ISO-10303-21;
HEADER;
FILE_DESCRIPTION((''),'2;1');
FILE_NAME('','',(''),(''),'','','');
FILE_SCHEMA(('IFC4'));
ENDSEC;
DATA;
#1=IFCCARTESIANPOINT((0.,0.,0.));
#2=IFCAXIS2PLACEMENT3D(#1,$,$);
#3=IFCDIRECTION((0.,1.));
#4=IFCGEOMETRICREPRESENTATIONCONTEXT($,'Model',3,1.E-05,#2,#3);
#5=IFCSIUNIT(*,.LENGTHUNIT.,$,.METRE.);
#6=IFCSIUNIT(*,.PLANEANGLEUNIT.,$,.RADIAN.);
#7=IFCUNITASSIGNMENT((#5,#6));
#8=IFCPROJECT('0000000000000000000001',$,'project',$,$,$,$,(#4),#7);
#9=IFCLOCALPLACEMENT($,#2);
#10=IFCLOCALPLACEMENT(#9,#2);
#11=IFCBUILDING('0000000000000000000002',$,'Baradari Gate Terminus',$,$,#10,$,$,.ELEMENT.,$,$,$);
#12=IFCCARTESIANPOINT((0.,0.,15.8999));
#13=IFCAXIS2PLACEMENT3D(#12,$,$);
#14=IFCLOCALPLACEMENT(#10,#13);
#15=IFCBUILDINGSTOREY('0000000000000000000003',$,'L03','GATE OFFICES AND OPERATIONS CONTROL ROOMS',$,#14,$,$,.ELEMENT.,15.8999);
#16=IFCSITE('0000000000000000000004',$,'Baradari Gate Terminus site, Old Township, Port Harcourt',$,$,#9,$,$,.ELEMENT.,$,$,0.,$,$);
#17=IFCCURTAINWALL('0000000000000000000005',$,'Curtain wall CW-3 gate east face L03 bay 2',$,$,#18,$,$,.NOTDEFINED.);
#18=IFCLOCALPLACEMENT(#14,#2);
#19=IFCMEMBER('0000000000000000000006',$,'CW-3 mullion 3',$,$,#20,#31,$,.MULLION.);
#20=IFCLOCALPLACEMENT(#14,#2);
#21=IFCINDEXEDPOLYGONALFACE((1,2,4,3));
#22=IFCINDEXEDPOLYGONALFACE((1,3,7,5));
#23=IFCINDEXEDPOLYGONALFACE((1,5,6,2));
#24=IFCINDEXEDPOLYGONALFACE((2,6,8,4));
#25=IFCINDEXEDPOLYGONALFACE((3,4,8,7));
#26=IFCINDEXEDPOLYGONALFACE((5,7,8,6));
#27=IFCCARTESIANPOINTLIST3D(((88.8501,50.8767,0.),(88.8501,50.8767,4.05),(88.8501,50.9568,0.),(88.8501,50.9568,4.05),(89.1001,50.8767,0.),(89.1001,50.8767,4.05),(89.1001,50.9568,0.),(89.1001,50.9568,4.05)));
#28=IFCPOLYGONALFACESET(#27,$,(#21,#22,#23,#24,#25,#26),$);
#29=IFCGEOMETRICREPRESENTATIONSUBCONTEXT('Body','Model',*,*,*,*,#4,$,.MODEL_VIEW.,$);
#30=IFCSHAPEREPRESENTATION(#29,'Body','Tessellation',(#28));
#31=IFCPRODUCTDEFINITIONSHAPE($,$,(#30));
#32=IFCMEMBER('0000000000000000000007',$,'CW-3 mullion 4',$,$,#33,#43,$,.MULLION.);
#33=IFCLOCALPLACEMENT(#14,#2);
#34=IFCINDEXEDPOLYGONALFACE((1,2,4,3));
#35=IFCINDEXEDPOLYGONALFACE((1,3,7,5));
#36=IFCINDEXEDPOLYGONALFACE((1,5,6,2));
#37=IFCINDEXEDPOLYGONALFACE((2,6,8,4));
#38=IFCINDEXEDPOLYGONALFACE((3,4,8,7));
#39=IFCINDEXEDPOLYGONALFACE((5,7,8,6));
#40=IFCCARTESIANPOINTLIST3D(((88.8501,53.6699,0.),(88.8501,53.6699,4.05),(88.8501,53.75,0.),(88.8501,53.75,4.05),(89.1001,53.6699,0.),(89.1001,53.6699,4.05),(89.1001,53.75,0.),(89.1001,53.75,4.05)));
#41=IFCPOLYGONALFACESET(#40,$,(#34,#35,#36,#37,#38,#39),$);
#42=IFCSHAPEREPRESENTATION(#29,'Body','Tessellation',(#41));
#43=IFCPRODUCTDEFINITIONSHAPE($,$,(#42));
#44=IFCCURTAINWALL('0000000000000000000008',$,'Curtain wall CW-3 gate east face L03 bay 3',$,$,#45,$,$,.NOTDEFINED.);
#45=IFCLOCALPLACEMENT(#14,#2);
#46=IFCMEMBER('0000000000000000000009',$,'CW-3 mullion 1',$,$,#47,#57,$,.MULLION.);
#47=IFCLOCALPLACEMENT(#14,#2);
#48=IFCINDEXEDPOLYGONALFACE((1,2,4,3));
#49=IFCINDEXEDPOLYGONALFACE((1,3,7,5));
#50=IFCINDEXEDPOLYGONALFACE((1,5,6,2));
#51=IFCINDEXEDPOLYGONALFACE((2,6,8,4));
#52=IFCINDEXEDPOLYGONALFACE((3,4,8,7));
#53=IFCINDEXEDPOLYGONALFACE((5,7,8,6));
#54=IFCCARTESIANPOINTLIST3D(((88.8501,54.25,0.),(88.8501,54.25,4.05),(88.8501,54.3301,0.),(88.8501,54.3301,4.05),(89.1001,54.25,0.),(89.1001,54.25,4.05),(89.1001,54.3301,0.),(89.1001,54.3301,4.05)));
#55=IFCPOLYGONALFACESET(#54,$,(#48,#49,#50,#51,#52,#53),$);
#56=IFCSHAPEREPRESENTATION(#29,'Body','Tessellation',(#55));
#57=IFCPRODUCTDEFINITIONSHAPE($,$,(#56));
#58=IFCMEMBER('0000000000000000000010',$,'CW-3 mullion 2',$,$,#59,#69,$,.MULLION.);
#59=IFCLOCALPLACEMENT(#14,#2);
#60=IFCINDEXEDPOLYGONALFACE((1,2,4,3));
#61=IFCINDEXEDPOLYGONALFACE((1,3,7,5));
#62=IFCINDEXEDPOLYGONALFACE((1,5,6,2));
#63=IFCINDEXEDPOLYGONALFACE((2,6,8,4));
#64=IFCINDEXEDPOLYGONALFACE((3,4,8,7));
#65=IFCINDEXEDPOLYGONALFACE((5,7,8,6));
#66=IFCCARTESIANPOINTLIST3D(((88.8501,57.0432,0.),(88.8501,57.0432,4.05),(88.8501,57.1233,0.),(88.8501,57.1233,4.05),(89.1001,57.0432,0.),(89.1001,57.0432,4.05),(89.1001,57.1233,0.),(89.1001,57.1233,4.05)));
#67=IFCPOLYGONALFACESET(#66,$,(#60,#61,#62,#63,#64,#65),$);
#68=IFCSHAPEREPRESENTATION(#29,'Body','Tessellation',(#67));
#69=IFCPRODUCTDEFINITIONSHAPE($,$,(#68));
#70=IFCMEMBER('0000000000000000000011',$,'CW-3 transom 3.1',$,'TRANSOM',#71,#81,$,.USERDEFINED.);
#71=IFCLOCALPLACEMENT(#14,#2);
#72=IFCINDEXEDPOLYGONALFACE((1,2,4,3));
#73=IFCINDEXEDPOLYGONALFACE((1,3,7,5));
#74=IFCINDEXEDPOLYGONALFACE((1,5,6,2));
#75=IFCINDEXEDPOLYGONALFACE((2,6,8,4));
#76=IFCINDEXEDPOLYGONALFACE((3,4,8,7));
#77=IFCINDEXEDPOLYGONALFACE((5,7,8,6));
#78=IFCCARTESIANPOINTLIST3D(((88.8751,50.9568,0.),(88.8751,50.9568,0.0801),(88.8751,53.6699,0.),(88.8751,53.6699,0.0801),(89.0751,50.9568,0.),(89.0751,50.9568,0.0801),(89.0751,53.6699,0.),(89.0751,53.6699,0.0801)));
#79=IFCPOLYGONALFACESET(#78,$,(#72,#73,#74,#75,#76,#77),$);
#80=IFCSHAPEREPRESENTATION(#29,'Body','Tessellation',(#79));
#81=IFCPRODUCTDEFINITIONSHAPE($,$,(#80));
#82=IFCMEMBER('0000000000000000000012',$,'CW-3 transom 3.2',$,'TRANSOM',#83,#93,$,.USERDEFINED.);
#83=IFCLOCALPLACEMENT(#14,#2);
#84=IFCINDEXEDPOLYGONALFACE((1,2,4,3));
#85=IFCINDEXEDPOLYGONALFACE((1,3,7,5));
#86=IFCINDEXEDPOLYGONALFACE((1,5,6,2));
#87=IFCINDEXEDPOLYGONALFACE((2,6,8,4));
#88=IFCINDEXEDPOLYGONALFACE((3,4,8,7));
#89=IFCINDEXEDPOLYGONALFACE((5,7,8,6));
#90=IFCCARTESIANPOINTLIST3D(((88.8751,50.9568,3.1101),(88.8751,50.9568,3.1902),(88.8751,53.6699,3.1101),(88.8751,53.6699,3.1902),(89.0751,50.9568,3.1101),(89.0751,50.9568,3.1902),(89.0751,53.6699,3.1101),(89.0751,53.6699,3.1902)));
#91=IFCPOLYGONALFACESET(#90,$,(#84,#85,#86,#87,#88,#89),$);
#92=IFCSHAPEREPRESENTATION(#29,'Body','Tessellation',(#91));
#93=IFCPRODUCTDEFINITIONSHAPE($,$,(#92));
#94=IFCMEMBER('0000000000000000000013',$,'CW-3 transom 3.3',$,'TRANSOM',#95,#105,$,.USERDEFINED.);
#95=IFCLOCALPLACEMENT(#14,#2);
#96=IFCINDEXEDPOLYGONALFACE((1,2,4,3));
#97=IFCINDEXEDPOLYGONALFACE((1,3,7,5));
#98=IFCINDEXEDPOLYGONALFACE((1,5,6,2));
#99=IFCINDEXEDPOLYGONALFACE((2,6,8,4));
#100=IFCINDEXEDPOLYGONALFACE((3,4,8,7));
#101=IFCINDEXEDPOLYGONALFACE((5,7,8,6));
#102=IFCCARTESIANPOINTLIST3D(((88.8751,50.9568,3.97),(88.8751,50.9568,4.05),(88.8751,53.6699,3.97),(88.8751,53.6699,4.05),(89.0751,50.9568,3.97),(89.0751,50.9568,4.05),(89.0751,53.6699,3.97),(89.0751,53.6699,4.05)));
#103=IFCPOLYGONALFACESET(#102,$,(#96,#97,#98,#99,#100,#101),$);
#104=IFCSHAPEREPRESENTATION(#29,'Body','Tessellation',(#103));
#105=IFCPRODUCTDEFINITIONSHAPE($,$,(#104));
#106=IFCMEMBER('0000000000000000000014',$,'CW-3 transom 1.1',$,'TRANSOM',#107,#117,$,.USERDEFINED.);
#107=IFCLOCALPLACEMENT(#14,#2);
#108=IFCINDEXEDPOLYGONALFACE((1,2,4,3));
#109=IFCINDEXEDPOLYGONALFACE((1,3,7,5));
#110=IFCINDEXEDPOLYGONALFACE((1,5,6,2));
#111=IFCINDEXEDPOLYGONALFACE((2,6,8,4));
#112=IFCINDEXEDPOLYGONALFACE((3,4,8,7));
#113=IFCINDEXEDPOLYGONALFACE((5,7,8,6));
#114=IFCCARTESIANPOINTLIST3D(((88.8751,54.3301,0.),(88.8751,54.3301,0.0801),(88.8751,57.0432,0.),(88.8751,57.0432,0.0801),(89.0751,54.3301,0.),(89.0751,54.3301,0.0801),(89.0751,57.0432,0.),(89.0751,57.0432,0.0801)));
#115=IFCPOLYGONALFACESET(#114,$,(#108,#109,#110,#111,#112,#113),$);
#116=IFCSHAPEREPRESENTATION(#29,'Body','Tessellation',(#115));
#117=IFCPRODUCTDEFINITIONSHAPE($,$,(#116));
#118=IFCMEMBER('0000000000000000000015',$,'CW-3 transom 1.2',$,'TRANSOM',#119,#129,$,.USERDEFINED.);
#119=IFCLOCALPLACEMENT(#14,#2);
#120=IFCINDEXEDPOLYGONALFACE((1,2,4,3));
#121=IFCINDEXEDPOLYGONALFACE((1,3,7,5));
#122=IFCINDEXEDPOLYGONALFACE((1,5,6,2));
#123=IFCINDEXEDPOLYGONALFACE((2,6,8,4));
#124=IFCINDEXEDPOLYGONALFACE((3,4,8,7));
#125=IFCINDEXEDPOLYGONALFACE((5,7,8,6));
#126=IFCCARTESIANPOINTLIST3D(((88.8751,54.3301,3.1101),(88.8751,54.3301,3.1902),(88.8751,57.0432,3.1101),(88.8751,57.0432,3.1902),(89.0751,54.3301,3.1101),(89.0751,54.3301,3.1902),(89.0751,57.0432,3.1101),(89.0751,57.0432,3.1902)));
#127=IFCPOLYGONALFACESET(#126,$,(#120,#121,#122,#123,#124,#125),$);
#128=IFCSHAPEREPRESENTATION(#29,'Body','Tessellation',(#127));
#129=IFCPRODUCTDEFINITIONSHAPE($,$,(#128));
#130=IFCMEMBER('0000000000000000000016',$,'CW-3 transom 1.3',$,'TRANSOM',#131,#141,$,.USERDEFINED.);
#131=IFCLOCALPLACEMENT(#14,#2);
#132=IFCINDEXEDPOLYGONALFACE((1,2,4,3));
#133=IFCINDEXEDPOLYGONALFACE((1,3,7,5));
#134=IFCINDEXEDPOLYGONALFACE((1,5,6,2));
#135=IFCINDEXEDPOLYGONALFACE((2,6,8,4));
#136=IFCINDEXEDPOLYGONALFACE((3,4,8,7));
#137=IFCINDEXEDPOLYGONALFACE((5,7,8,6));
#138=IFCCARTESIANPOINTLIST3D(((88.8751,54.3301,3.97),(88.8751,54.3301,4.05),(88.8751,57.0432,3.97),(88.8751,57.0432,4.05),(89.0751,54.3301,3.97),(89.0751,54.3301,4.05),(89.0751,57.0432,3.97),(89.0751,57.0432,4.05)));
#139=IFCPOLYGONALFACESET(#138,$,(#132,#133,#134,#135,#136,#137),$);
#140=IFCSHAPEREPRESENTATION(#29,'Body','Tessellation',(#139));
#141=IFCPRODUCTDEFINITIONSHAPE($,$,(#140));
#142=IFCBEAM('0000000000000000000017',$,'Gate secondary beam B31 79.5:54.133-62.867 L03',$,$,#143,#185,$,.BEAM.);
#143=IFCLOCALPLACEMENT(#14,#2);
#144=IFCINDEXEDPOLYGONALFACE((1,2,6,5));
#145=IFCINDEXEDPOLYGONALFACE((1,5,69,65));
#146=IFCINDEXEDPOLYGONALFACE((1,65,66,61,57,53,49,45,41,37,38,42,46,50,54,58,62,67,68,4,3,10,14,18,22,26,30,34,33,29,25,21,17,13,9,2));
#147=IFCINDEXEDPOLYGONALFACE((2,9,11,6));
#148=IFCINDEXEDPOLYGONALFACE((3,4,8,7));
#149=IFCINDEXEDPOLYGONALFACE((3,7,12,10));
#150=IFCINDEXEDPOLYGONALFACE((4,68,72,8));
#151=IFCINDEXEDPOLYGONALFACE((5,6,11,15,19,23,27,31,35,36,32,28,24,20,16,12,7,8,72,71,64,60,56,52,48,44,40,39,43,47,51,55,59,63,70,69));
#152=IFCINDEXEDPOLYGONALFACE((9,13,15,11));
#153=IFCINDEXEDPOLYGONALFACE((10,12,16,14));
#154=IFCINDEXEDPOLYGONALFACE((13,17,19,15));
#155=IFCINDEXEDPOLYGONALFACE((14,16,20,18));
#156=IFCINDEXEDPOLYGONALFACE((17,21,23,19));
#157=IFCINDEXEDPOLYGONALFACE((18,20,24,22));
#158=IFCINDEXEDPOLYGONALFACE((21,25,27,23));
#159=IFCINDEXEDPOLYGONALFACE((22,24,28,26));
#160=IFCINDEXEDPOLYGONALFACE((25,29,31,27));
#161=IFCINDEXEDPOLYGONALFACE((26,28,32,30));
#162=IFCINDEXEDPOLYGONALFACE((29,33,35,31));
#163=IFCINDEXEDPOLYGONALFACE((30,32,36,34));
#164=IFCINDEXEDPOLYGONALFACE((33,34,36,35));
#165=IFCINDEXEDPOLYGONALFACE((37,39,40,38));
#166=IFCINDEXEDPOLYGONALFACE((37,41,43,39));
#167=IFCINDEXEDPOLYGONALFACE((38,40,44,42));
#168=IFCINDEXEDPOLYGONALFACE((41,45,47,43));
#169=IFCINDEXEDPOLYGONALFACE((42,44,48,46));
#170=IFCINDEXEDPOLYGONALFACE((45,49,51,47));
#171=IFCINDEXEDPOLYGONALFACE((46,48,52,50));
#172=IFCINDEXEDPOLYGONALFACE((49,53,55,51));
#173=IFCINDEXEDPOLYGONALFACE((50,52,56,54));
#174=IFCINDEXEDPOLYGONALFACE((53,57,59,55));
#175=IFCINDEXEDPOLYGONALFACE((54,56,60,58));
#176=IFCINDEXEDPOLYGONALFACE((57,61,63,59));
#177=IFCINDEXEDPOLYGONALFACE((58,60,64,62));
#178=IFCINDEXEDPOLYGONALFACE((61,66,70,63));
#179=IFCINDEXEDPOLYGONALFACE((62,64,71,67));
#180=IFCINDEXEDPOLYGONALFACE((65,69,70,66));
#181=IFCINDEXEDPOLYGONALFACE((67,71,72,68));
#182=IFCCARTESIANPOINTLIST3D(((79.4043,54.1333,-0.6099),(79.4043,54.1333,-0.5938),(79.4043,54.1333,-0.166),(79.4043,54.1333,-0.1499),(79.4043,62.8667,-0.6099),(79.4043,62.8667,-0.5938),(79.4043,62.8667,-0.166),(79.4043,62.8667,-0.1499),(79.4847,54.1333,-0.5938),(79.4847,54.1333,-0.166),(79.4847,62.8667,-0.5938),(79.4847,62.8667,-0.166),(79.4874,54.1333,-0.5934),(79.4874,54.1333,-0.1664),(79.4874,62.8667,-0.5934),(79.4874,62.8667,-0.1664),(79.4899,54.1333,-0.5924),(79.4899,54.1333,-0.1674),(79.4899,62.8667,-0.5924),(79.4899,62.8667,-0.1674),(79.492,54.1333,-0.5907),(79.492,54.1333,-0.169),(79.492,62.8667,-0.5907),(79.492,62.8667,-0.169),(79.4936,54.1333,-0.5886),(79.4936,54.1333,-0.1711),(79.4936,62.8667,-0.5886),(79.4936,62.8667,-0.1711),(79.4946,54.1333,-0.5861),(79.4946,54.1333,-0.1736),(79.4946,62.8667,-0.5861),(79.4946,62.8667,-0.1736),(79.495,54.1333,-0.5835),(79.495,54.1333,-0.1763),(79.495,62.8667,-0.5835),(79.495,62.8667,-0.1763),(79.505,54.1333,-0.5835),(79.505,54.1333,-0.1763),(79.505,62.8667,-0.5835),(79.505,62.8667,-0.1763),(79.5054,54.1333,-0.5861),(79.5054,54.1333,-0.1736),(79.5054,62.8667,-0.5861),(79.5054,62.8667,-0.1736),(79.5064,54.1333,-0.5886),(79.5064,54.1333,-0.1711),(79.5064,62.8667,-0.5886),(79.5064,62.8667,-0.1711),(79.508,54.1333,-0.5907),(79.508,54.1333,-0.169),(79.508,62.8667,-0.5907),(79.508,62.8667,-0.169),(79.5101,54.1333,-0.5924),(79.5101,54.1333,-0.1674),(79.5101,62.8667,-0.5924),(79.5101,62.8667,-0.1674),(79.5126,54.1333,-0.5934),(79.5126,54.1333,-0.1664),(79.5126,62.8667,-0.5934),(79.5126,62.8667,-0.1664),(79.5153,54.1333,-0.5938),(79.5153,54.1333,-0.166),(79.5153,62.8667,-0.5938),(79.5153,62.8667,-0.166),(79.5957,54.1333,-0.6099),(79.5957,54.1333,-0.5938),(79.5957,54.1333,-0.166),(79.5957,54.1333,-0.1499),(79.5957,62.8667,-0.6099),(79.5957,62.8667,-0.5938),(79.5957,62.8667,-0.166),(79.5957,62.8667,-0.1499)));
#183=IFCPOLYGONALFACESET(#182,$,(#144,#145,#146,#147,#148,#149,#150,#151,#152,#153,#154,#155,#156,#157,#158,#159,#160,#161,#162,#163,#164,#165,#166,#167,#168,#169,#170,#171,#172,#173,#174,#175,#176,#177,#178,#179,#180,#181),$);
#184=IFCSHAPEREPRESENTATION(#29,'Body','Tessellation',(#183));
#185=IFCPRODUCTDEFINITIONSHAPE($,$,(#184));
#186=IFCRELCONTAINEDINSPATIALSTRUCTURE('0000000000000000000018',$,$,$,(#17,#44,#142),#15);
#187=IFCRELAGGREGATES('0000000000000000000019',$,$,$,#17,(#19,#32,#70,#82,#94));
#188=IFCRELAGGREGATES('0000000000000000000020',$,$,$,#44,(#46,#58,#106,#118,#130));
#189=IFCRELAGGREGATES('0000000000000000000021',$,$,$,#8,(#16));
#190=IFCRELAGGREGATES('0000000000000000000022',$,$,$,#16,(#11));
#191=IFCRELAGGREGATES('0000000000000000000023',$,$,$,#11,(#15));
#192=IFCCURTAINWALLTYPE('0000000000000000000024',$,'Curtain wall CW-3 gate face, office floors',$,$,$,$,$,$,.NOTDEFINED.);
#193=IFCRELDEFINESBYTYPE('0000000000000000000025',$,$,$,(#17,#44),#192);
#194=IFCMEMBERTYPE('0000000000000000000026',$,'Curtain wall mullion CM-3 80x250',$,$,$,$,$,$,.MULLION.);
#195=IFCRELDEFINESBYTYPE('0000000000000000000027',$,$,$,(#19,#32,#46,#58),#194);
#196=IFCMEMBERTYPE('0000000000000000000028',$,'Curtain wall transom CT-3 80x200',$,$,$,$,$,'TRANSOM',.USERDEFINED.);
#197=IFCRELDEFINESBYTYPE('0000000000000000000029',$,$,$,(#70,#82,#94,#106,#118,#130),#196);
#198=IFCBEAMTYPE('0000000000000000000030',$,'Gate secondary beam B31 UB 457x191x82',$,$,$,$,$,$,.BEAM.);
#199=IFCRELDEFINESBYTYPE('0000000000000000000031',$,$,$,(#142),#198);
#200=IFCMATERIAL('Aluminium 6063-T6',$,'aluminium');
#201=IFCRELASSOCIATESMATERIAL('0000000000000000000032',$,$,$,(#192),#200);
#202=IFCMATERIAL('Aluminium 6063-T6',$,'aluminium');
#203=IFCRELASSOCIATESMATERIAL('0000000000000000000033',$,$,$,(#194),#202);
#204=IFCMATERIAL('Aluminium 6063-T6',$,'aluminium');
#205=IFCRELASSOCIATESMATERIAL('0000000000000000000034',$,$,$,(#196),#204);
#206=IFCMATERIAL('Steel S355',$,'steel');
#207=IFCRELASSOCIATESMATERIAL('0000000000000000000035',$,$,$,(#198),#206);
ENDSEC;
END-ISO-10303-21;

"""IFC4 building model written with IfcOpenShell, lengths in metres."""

from ifc_helpers import new_model, si_unit, direction, frame, origin, origin_2d, place, context, subcontext, project, spatial, rectangle, i_section, extrude, material, material_profile, profile_set, type_object, element, aggregate, save


model = new_model("IFC4")

# Units and contexts
model_context = context("Model", 3, precision=1e-05, world=origin(), true_north=direction((0.0, 1.0)))
body_context = subcontext(model_context, "Body", "Model", "MODEL_VIEW")
ifc_project = project(units=[si_unit("LENGTHUNIT", "METRE"), si_unit("PLANEANGLEUNIT", "RADIAN")], contexts=[model_context])

# Site, building, storey
site_placement = place(None, origin())
site = spatial("IfcSite", under=ifc_project, at=site_placement, Name="Baradari Gate Terminus site, Old Township, Port Harcourt", CompositionType="ELEMENT", RefElevation=0.0)
building_placement = place(site_placement, origin())
building = spatial("IfcBuilding", under=site, at=building_placement, Name="Baradari Gate Terminus", CompositionType="ELEMENT")
storey_placement = place(building_placement, frame((0.0, 0.0, 15.8999)))
storey = spatial("IfcBuildingStorey", under=building, at=storey_placement, Name="L03", Description="GATE OFFICES AND OPERATIONS CONTROL ROOMS", CompositionType="ELEMENT", Elevation=15.8999)

# Curtain walls, members
ifc_material_1 = material(Name="Aluminium 6063-T6", Category="aluminium")
curtain_wall_type = type_object("IfcCurtainWallType", Name="Curtain wall CW-3 gate face, office floors", PredefinedType="NOTDEFINED", material=ifc_material_1)
curtain_wall_1_placement = place(storey_placement, origin())
curtain_wall_1 = element("IfcCurtainWall", 1, at=curtain_wall_1_placement, inside=storey, type_object=curtain_wall_type, Name="Curtain wall CW-3 gate east face L03 bay 2", PredefinedType="NOTDEFINED")
ifc_material_2 = material(Name="Aluminium 6063-T6", Category="aluminium")
ifc_material_profile_1 = material_profile(ifc_material_2, rectangle(XDim=0.25, YDim=0.0801, at=origin_2d()), Name="CM-3 80X250")
ifc_profile_set_1 = profile_set([ifc_material_profile_1], Name="Aluminium 6063-T6")
member_type_1 = type_object("IfcMemberType", Name="Curtain wall mullion CM-3 80x250", PredefinedType="MULLION", material=ifc_profile_set_1)
member_1_placement = place(storey_placement, frame((88.9751, 50.9167, 0.0), z_axis=(0.0, 0.0, 1.0), x_axis=(-1.0, 0.0, 0.0)))
member_1 = element("IfcMember", 2, at=member_1_placement, type_object=member_type_1, Name="CW-3 mullion 3", PredefinedType="MULLION", context=body_context, shape_type="SweptSolid", body=[
    extrude(rectangle(XDim=0.25, YDim=0.0801, at=origin_2d()), origin(), (0.0, 0.0, 1.0), 4.05),
])
member_2_placement = place(storey_placement, frame((88.9751, 53.71, 0.0), z_axis=(0.0, 0.0, 1.0), x_axis=(-1.0, 0.0, 0.0)))
member_2 = element("IfcMember", 3, at=member_2_placement, type_object=member_type_1, Name="CW-3 mullion 4", PredefinedType="MULLION", context=body_context, shape_type="SweptSolid", body=[
    extrude(rectangle(XDim=0.25, YDim=0.0801, at=origin_2d()), origin(), (0.0, 0.0, 1.0), 4.05),
])
curtain_wall_2_placement = place(storey_placement, origin())
curtain_wall_2 = element("IfcCurtainWall", 4, at=curtain_wall_2_placement, inside=storey, type_object=curtain_wall_type, Name="Curtain wall CW-3 gate east face L03 bay 3", PredefinedType="NOTDEFINED")
member_3_placement = place(storey_placement, frame((88.9751, 54.29, 0.0), z_axis=(0.0, 0.0, 1.0), x_axis=(-1.0, 0.0, 0.0)))
member_3 = element("IfcMember", 5, at=member_3_placement, type_object=member_type_1, Name="CW-3 mullion 1", PredefinedType="MULLION", context=body_context, shape_type="SweptSolid", body=[
    extrude(rectangle(XDim=0.25, YDim=0.0801, at=origin_2d()), origin(), (0.0, 0.0, 1.0), 4.05),
])
member_4_placement = place(storey_placement, frame((88.9751, 57.0833, 0.0), z_axis=(0.0, 0.0, 1.0), x_axis=(-1.0, 0.0, 0.0)))
member_4 = element("IfcMember", 6, at=member_4_placement, type_object=member_type_1, Name="CW-3 mullion 2", PredefinedType="MULLION", context=body_context, shape_type="SweptSolid", body=[
    extrude(rectangle(XDim=0.25, YDim=0.0801, at=origin_2d()), origin(), (0.0, 0.0, 1.0), 4.05),
])

# Members
ifc_material_3 = material(Name="Aluminium 6063-T6", Category="aluminium")
ifc_material_profile_2 = material_profile(ifc_material_3, rectangle(XDim=0.2, YDim=0.0801, at=origin_2d()), Name="CT-3 80X200")
ifc_profile_set_2 = profile_set([ifc_material_profile_2], Name="Aluminium 6063-T6")
member_type_2 = type_object("IfcMemberType", Name="Curtain wall transom CT-3 80x200", ElementType="TRANSOM", PredefinedType="USERDEFINED", material=ifc_profile_set_2)
member_5_placement = place(storey_placement, frame((88.9751, 50.9568, 0.04), z_axis=(0.0, 1.0, 0.0), x_axis=(-1.0, 0.0, 0.0)))
member_5 = element("IfcMember", 7, at=member_5_placement, type_object=member_type_2, Name="CW-3 transom 3.1", ObjectType="TRANSOM", PredefinedType="USERDEFINED", context=body_context, shape_type="SweptSolid", body=[
    extrude(rectangle(XDim=0.2, YDim=0.0801, at=origin_2d()), origin(), (0.0, 0.0, 1.0), 2.7131),
])
member_6_placement = place(storey_placement, frame((88.9751, 50.9568, 3.1501), z_axis=(0.0, 1.0, 0.0), x_axis=(-1.0, 0.0, 0.0)))
member_6 = element("IfcMember", 8, at=member_6_placement, type_object=member_type_2, Name="CW-3 transom 3.2", ObjectType="TRANSOM", PredefinedType="USERDEFINED", context=body_context, shape_type="SweptSolid", body=[
    extrude(rectangle(XDim=0.2, YDim=0.0801, at=origin_2d()), origin(), (0.0, 0.0, 1.0), 2.7131),
])
member_7_placement = place(storey_placement, frame((88.9751, 50.9568, 4.01), z_axis=(0.0, 1.0, 0.0), x_axis=(-1.0, 0.0, 0.0)))
member_7 = element("IfcMember", 9, at=member_7_placement, type_object=member_type_2, Name="CW-3 transom 3.3", ObjectType="TRANSOM", PredefinedType="USERDEFINED", context=body_context, shape_type="SweptSolid", body=[
    extrude(rectangle(XDim=0.2, YDim=0.0801, at=origin_2d()), origin(), (0.0, 0.0, 1.0), 2.7131),
])
member_8_placement = place(storey_placement, frame((88.9751, 54.3301, 0.04), z_axis=(0.0, 1.0, 0.0), x_axis=(-1.0, 0.0, 0.0)))
member_8 = element("IfcMember", 10, at=member_8_placement, type_object=member_type_2, Name="CW-3 transom 1.1", ObjectType="TRANSOM", PredefinedType="USERDEFINED", context=body_context, shape_type="SweptSolid", body=[
    extrude(rectangle(XDim=0.2, YDim=0.0801, at=origin_2d()), origin(), (0.0, 0.0, 1.0), 2.7131),
])
member_9_placement = place(storey_placement, frame((88.9751, 54.3301, 3.1501), z_axis=(0.0, 1.0, 0.0), x_axis=(-1.0, 0.0, 0.0)))
member_9 = element("IfcMember", 11, at=member_9_placement, type_object=member_type_2, Name="CW-3 transom 1.2", ObjectType="TRANSOM", PredefinedType="USERDEFINED", context=body_context, shape_type="SweptSolid", body=[
    extrude(rectangle(XDim=0.2, YDim=0.0801, at=origin_2d()), origin(), (0.0, 0.0, 1.0), 2.7131),
])
member_10_placement = place(storey_placement, frame((88.9751, 54.3301, 4.01), z_axis=(0.0, 1.0, 0.0), x_axis=(-1.0, 0.0, 0.0)))
member_10 = element("IfcMember", 12, at=member_10_placement, type_object=member_type_2, Name="CW-3 transom 1.3", ObjectType="TRANSOM", PredefinedType="USERDEFINED", context=body_context, shape_type="SweptSolid", body=[
    extrude(rectangle(XDim=0.2, YDim=0.0801, at=origin_2d()), origin(), (0.0, 0.0, 1.0), 2.7131),
])

# Beam
ifc_material_4 = material(Name="Steel S355", Category="steel")
ifc_material_profile_3 = material_profile(ifc_material_4, i_section(OverallWidth=0.1914, OverallDepth=0.46, WebThickness=0.01, FlangeThickness=0.0161, FilletRadius=0.0103, at=origin_2d()), Name="UB 457x191x82")
ifc_profile_set_3 = profile_set([ifc_material_profile_3], Name="Steel S355")
beam_type = type_object("IfcBeamType", Name="Gate secondary beam B31 UB 457x191x82", PredefinedType="BEAM", material=ifc_profile_set_3)
for number, where, z_axis, x_axis, name in (
    (13, (79.5, 54.1333, -0.3799), (0.0, 1.0, 0.0), (-1.0, 0.0, 0.0), "Gate secondary beam B31 79.5:54.133-62.867 L03"),
):
    element("IfcBeam", number, at=place(storey_placement, frame(where, z_axis=z_axis, x_axis=x_axis)), inside=storey, type_object=beam_type, Name=name, PredefinedType="BEAM", context=body_context, shape_type="SweptSolid", body=[
        extrude(i_section(OverallWidth=0.1914, OverallDepth=0.46, WebThickness=0.01, FlangeThickness=0.0161, FilletRadius=0.0103, at=origin_2d()), origin(), (0.0, 0.0, 1.0), 8.7334),
    ])

aggregate(curtain_wall_1, [member_1, member_2, member_5, member_6, member_7])
aggregate(curtain_wall_2, [member_3, member_4, member_8, member_9, member_10])

save(model, "model.ifc")
